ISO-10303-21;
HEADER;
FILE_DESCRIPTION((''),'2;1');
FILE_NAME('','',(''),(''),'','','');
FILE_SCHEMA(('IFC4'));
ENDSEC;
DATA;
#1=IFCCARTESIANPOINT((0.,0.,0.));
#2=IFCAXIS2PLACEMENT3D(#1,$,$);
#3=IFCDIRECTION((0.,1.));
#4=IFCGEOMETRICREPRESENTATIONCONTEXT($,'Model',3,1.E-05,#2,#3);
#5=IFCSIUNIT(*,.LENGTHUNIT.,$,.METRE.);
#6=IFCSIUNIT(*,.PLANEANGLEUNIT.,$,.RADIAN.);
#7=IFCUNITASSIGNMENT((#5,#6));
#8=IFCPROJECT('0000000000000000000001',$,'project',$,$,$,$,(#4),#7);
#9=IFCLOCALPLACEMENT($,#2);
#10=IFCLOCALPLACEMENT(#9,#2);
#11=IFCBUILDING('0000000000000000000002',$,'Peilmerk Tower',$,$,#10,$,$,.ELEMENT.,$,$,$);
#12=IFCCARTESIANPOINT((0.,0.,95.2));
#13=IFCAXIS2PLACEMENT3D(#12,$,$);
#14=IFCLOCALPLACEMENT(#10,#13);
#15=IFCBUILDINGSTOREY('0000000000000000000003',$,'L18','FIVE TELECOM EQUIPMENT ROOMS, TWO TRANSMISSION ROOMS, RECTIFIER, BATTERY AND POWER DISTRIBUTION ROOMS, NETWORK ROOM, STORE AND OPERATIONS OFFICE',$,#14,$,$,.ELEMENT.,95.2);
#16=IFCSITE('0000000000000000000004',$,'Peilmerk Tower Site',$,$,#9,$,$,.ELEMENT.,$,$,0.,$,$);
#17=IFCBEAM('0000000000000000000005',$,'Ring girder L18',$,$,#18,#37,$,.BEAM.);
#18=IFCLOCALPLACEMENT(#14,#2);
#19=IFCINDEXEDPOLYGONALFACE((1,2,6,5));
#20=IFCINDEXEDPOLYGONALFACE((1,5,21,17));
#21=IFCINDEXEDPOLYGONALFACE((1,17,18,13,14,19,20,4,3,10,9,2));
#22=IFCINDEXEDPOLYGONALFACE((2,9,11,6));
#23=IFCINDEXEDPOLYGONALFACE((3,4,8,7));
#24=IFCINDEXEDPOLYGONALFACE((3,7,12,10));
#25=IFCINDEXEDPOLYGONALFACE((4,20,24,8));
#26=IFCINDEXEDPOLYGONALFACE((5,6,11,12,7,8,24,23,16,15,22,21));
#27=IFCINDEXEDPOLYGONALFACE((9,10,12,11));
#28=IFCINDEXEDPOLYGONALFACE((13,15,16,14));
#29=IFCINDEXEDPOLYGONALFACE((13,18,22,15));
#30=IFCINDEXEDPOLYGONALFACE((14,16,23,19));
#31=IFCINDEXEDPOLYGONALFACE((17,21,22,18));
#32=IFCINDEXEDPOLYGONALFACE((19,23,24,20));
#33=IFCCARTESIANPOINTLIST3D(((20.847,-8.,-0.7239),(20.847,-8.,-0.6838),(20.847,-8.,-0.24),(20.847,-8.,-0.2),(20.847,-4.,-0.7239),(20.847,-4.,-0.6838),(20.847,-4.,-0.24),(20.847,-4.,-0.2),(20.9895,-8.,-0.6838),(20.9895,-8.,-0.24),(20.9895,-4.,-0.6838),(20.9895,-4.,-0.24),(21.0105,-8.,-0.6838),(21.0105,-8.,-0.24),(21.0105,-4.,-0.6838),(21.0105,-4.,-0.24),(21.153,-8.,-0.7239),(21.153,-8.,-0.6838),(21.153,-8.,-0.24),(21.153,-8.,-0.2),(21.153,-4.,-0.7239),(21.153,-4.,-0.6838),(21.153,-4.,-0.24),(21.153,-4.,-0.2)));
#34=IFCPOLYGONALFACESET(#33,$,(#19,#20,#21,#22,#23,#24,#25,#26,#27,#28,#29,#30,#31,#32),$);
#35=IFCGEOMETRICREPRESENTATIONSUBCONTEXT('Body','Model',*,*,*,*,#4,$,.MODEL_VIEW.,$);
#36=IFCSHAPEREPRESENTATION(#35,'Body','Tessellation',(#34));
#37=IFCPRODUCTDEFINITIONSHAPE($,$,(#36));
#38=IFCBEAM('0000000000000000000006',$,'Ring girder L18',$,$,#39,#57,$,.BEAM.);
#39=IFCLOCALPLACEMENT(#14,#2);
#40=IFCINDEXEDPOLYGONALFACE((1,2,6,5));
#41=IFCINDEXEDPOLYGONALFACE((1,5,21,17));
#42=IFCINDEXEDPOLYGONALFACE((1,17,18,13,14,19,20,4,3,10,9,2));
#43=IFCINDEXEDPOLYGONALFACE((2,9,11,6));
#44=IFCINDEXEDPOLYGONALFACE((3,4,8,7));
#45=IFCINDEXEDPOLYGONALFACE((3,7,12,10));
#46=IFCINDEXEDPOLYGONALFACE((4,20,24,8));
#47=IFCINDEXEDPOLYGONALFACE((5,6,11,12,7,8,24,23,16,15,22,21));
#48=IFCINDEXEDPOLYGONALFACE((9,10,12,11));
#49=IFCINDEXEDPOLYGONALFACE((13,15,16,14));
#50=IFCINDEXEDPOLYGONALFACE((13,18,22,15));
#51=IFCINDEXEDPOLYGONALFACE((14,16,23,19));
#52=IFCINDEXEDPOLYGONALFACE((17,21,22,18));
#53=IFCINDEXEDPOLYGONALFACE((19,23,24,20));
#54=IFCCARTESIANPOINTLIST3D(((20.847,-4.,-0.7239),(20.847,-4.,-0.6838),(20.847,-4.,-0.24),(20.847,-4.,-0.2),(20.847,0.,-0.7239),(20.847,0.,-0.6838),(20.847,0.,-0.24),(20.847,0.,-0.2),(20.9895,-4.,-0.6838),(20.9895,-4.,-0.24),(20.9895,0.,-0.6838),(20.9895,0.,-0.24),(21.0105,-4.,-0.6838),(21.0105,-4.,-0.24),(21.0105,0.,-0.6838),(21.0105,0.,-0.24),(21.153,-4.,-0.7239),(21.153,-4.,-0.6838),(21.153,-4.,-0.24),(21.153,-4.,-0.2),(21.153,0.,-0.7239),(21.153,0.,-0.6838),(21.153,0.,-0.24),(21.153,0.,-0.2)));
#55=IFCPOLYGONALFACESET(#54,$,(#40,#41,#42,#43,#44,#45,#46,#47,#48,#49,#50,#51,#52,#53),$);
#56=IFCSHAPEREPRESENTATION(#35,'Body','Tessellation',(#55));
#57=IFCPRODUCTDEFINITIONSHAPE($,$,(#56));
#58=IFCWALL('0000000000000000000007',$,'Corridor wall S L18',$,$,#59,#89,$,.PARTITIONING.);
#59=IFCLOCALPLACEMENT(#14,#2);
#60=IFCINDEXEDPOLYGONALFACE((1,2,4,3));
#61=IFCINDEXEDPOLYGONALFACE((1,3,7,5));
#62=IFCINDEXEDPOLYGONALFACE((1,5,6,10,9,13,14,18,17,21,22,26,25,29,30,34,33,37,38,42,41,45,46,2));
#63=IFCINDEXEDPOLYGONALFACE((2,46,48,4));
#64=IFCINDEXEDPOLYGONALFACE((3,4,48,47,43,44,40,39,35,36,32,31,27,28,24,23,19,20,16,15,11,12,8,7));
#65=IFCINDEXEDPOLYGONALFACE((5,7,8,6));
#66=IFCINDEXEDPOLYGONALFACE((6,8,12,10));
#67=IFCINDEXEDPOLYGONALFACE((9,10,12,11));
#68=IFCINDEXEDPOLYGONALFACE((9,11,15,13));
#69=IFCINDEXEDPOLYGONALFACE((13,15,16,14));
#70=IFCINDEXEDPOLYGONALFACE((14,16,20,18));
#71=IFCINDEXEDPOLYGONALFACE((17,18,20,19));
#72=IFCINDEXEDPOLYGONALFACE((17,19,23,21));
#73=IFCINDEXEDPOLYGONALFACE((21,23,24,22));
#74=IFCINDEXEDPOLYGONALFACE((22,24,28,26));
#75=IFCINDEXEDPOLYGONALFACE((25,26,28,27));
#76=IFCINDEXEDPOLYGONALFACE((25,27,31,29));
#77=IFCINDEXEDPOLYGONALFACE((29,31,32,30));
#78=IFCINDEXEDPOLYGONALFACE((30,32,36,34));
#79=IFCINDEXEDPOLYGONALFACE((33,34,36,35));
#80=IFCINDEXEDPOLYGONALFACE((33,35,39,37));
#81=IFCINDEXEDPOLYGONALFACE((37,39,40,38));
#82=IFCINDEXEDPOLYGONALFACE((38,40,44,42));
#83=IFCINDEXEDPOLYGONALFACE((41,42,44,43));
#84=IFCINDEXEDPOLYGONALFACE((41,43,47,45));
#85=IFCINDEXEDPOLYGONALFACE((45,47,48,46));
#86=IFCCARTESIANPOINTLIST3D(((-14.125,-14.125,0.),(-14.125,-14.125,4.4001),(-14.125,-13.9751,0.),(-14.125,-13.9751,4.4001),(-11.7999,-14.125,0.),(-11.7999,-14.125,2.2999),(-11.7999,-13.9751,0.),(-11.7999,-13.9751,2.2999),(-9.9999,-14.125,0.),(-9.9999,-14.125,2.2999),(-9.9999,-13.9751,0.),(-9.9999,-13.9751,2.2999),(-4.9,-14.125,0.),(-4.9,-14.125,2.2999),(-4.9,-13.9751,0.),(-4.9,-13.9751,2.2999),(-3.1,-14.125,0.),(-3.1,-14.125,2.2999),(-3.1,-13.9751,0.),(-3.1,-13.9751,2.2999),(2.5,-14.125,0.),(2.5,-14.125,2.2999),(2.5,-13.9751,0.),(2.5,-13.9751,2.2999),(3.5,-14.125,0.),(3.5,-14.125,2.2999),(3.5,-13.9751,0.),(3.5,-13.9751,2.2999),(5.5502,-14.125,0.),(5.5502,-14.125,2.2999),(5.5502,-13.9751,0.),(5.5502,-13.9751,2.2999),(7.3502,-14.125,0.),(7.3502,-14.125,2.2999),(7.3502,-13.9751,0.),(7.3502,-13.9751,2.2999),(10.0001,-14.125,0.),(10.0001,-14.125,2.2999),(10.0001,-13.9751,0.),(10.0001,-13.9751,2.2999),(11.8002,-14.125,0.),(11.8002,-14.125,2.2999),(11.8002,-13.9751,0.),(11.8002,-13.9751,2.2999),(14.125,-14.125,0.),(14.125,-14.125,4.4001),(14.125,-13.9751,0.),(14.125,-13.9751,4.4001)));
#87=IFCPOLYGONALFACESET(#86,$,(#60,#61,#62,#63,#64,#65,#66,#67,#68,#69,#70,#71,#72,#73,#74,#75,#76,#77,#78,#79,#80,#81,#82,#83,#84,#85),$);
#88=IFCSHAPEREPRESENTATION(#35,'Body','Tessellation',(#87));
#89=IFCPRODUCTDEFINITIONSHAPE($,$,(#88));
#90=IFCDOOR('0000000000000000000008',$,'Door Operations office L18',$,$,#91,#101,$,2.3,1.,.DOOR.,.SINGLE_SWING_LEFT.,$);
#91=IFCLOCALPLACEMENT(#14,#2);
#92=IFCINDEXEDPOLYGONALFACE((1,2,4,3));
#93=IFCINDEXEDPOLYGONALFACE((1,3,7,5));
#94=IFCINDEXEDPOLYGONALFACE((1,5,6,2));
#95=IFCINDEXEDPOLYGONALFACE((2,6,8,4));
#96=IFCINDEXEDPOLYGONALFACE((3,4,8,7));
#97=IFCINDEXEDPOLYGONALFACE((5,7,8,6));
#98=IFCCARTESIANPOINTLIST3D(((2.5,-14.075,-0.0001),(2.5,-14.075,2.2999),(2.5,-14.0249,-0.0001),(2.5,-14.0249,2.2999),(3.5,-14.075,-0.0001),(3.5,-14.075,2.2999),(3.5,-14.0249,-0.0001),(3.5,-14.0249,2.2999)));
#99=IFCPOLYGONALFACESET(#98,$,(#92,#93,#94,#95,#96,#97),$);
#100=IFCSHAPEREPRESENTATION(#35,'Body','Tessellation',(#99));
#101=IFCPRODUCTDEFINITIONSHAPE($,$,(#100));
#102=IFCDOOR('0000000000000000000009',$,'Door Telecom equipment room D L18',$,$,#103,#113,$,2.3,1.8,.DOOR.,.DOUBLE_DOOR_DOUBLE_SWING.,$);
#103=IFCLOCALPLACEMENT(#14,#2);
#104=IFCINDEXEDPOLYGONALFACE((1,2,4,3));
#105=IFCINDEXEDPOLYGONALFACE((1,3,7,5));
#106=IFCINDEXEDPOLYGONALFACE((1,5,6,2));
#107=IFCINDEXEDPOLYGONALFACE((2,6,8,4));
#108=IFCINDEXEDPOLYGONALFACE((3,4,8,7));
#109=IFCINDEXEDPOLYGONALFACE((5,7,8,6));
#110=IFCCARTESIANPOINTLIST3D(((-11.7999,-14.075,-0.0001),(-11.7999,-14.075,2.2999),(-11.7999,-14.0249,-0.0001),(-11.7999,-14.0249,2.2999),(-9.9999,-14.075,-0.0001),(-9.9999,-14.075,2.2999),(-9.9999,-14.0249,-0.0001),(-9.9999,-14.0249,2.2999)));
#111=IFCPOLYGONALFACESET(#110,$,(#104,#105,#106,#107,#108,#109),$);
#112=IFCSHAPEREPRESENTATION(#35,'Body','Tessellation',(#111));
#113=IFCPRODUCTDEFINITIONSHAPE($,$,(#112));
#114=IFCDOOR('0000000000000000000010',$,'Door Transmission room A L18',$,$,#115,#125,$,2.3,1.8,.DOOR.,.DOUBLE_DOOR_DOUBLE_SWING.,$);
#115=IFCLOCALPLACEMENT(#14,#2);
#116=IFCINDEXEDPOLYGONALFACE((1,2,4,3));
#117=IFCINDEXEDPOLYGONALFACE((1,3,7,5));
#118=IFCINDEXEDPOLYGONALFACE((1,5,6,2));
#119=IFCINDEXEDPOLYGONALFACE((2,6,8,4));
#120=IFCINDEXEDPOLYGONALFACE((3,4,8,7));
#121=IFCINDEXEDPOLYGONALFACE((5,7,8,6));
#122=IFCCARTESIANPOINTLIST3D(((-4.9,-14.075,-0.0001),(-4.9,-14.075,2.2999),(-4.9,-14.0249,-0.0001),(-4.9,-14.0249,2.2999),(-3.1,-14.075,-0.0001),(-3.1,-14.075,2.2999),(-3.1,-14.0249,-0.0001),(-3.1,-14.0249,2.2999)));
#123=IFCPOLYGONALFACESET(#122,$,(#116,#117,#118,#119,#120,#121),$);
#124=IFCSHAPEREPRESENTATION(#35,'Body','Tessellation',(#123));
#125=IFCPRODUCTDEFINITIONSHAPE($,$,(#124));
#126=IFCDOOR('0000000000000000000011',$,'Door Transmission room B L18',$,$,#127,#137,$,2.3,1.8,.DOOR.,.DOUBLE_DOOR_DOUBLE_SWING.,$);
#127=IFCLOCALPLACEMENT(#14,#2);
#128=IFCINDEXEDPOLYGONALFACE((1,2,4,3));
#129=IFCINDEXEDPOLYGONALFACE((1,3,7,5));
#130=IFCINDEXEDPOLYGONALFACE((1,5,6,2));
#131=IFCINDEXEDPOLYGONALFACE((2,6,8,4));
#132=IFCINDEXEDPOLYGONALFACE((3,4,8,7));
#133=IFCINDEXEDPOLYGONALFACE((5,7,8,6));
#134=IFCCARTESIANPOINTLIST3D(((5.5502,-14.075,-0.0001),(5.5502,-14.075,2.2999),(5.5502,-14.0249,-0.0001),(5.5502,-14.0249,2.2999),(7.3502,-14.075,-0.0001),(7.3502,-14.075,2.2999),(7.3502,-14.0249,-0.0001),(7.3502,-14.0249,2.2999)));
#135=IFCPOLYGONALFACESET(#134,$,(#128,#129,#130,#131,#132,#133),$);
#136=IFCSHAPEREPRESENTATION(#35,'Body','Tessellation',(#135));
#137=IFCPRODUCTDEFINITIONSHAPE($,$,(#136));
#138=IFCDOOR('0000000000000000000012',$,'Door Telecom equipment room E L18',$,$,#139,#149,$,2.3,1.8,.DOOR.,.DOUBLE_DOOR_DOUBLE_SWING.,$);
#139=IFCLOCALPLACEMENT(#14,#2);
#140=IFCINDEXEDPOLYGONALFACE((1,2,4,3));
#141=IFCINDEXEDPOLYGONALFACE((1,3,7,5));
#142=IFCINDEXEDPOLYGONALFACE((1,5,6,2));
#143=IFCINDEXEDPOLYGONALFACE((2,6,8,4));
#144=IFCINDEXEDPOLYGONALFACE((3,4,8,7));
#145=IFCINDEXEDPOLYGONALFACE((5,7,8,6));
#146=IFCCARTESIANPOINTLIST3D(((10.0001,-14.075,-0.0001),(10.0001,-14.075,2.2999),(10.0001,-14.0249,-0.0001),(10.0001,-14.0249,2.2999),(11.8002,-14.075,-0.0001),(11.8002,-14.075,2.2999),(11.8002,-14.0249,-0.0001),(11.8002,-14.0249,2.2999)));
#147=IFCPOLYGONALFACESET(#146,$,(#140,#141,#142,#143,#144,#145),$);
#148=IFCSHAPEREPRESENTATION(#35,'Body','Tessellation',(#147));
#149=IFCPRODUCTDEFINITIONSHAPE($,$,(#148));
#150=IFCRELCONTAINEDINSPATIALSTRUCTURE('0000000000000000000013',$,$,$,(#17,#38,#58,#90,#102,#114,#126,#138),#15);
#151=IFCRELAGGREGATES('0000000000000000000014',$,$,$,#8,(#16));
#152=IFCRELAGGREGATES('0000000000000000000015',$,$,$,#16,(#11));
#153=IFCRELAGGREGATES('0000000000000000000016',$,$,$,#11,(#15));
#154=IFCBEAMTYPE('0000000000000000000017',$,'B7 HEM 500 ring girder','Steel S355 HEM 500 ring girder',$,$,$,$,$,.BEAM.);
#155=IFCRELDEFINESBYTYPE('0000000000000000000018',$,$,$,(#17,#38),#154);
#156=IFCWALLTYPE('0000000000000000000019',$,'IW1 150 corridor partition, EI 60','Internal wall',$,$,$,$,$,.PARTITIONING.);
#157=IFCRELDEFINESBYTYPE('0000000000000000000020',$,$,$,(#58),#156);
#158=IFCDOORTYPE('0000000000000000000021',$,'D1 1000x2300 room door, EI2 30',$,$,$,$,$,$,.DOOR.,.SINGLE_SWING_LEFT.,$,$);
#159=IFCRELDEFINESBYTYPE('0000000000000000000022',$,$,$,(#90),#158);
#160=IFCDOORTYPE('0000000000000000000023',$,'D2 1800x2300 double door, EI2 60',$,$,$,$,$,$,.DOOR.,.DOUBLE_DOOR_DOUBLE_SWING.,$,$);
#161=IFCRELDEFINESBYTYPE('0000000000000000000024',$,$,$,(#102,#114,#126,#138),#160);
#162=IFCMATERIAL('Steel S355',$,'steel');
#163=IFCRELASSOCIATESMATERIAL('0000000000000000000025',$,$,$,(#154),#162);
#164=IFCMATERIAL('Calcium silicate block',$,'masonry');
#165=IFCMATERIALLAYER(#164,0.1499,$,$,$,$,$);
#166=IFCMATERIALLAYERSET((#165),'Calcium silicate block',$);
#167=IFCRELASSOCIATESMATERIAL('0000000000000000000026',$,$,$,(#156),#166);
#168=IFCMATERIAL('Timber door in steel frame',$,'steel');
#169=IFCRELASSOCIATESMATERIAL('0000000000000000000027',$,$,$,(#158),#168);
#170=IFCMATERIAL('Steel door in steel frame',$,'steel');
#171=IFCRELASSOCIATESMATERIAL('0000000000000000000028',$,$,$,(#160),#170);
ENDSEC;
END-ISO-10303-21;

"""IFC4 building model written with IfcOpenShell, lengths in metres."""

from ifc_helpers import new_model, si_unit, direction, frame, frame_2d, origin, origin_2d, place, context, subcontext, project, spatial, rectangle, i_section, extrude, material, layer, layer_set, material_profile, profile_set, type_object, element, fill, save


model = new_model("IFC4")

# Units and contexts
model_context = context("Model", 3, precision=1e-05, world=origin(), true_north=direction((0.0, 1.0)))
body_context = subcontext(model_context, "Body", "Model", "MODEL_VIEW")
ifc_project = project(units=[si_unit("LENGTHUNIT", "METRE"), si_unit("PLANEANGLEUNIT", "RADIAN")], contexts=[model_context])

# Site, building, storey
site_placement = place(None, origin())
site = spatial("IfcSite", under=ifc_project, at=site_placement, Name="Peilmerk Tower Site", CompositionType="ELEMENT", RefElevation=0.0)
building_placement = place(site_placement, origin())
building = spatial("IfcBuilding", under=site, at=building_placement, Name="Peilmerk Tower", CompositionType="ELEMENT")
storey_placement = place(building_placement, frame((0.0, 0.0, 95.2)))
storey = spatial("IfcBuildingStorey", under=building, at=storey_placement, Name="L18", Description="FIVE TELECOM EQUIPMENT ROOMS, TWO TRANSMISSION ROOMS, RECTIFIER, BATTERY AND POWER DISTRIBUTION ROOMS, NETWORK ROOM, STORE AND OPERATIONS OFFICE", CompositionType="ELEMENT", Elevation=95.2)

# Beams
ifc_material_1 = material(Name="Steel S355", Category="steel")
ifc_material_profile_1 = material_profile(ifc_material_1, i_section(OverallWidth=0.3059, OverallDepth=0.5239, WebThickness=0.021, FlangeThickness=0.04, at=origin_2d()), Name="HEM 500")
ifc_profile_set_1 = profile_set([ifc_material_profile_1], Name="Steel S355")
beam_type_1 = type_object("IfcBeamType", Name="B7 HEM 500 ring girder", Description="Steel S355 HEM 500 ring girder", PredefinedType="BEAM", material=ifc_profile_set_1)
for number, where, z_axis, x_axis, name in (
    (1, (21.0, -8.0, -0.4619), (0.0, 1.0, 0.0), (-1.0, 0.0, 0.0), "Ring girder L18"),
    (2, (21.0, -4.0, -0.4619), (0.0, 1.0, 0.0), (-1.0, 0.0, 0.0), "Ring girder L18"),
):
    element("IfcBeam", number, at=place(storey_placement, frame(where, z_axis=z_axis, x_axis=x_axis)), inside=storey, type_object=beam_type_1, Name=name, PredefinedType="BEAM", context=body_context, shape_type="SweptSolid", body=[
        extrude(i_section(OverallWidth=0.3059, OverallDepth=0.5239, WebThickness=0.021, FlangeThickness=0.04, at=origin_2d()), origin(), (0.0, 0.0, 1.0), 4.0),
    ])

# Wall, openings, doors
ifc_material_2 = material(Name="Calcium silicate block", Category="masonry")
ifc_layer_1 = layer(ifc_material_2, 0.1499)
ifc_layer_set_1 = layer_set([ifc_layer_1], Name="Calcium silicate block")
wall_type_1 = type_object("IfcWallType", Name="IW1 150 corridor partition, EI 60", Description="Internal wall", PredefinedType="PARTITIONING", material=ifc_layer_set_1)
wall_1_placement = place(storey_placement, frame((14.125, -14.05, 0.0), z_axis=(0.0, 0.0, 1.0), x_axis=(-1.0, 0.0, 0.0)))
wall_1 = element("IfcWall", 3, at=wall_1_placement, inside=storey, type_object=wall_type_1, Name="Corridor wall S L18", PredefinedType="PARTITIONING", context=body_context, shape_type="SweptSolid", body=[
    extrude(rectangle(XDim=28.25, YDim=0.1499, at=frame_2d((14.125, 0.0))), origin(), (0.0, 0.0, 1.0), 4.4001),
])
opening_1_placement = place(wall_1_placement, frame((24.125, 0.0, 0.0)))
opening_1 = element("IfcOpeningElement", 4, at=opening_1_placement, cuts=wall_1, PredefinedType="OPENING", context=body_context, shape_type="SweptSolid", body=[
    extrude(rectangle(XDim=1.8, YDim=2.3, at=frame_2d((0.8999, 1.1499))), frame((0.0, 0.085, 0.0), z_axis=(0.0, -1.0, 0.0), x_axis=(1.0, 0.0, 0.0)), (0.0, 0.0, 1.0), 0.1699),
])
opening_2_placement = place(wall_1_placement, frame((17.2251, 0.0, 0.0)))
opening_2 = element("IfcOpeningElement", 5, at=opening_2_placement, cuts=wall_1, PredefinedType="OPENING", context=body_context, shape_type="SweptSolid", body=[
    extrude(rectangle(XDim=1.8, YDim=2.3, at=frame_2d((0.8999, 1.1499))), frame((0.0, 0.085, 0.0), z_axis=(0.0, -1.0, 0.0), x_axis=(1.0, 0.0, 0.0)), (0.0, 0.0, 1.0), 0.1699),
])
opening_3_placement = place(wall_1_placement, frame((6.7749, 0.0, 0.0)))
opening_3 = element("IfcOpeningElement", 6, at=opening_3_placement, cuts=wall_1, PredefinedType="OPENING", context=body_context, shape_type="SweptSolid", body=[
    extrude(rectangle(XDim=1.8, YDim=2.3, at=frame_2d((0.8999, 1.1499))), frame((0.0, 0.085, 0.0), z_axis=(0.0, -1.0, 0.0), x_axis=(1.0, 0.0, 0.0)), (0.0, 0.0, 1.0), 0.1699),
])
opening_4_placement = place(wall_1_placement, frame((2.325, 0.0, 0.0)))
opening_4 = element("IfcOpeningElement", 7, at=opening_4_placement, cuts=wall_1, PredefinedType="OPENING", context=body_context, shape_type="SweptSolid", body=[
    extrude(rectangle(XDim=1.8, YDim=2.3, at=frame_2d((0.8999, 1.1499))), frame((0.0, 0.085, 0.0), z_axis=(0.0, -1.0, 0.0), x_axis=(1.0, 0.0, 0.0)), (0.0, 0.0, 1.0), 0.1699),
])
opening_5_placement = place(wall_1_placement, frame((10.625, 0.0, 0.0)))
opening_5 = element("IfcOpeningElement", 8, at=opening_5_placement, cuts=wall_1, PredefinedType="OPENING", context=body_context, shape_type="SweptSolid", body=[
    extrude(rectangle(XDim=1.0, YDim=2.3, at=frame_2d((0.5, 1.1499))), frame((0.0, 0.085, 0.0), z_axis=(0.0, -1.0, 0.0), x_axis=(1.0, 0.0, 0.0)), (0.0, 0.0, 1.0), 0.1699),
])
ifc_material_3 = material(Name="Timber door in steel frame", Category="steel")
door_type_1 = type_object("IfcDoorType", Name="D1 1000x2300 room door, EI2 30", OperationType="SINGLE_SWING_LEFT", PredefinedType="DOOR", material=ifc_material_3)
door_1_placement = place(opening_5_placement, origin())
door_1 = element("IfcDoor", 9, at=door_1_placement, inside=storey, type_object=door_type_1, Name="Door Operations office L18", OperationType="SINGLE_SWING_LEFT", OverallHeight=2.3, OverallWidth=1.0, PredefinedType="DOOR", context=body_context, shape_type="SweptSolid", body=[
    extrude(rectangle(XDim=1.0, YDim=2.3, at=frame_2d((0.5, 1.1499))), frame((0.0, 0.0249, 0.0), z_axis=(0.0, -1.0, 0.0), x_axis=(1.0, 0.0, 0.0)), (0.0, 0.0, 1.0), 0.05),
])
fill(opening_5, door_1)
ifc_material_4 = material(Name="Steel door in steel frame", Category="steel")
door_type_2 = type_object("IfcDoorType", Name="D2 1800x2300 double door, EI2 60", OperationType="DOUBLE_DOOR_DOUBLE_SWING", PredefinedType="DOOR", material=ifc_material_4)
door_2_placement = place(opening_1_placement, origin())
door_2 = element("IfcDoor", 10, at=door_2_placement, inside=storey, type_object=door_type_2, Name="Door Telecom equipment room D L18", OperationType="DOUBLE_DOOR_DOUBLE_SWING", OverallHeight=2.3, OverallWidth=1.8, PredefinedType="DOOR", context=body_context, shape_type="SweptSolid", body=[
    extrude(rectangle(XDim=1.8, YDim=2.3, at=frame_2d((0.8999, 1.1499))), frame((0.0, 0.0249, 0.0), z_axis=(0.0, -1.0, 0.0), x_axis=(1.0, 0.0, 0.0)), (0.0, 0.0, 1.0), 0.05),
])
fill(opening_1, door_2)
door_3_placement = place(opening_2_placement, origin())
door_3 = element("IfcDoor", 11, at=door_3_placement, inside=storey, type_object=door_type_2, Name="Door Transmission room A L18", OperationType="DOUBLE_DOOR_DOUBLE_SWING", OverallHeight=2.3, OverallWidth=1.8, PredefinedType="DOOR", context=body_context, shape_type="SweptSolid", body=[
    extrude(rectangle(XDim=1.8, YDim=2.3, at=frame_2d((0.8999, 1.1499))), frame((0.0, 0.0249, 0.0), z_axis=(0.0, -1.0, 0.0), x_axis=(1.0, 0.0, 0.0)), (0.0, 0.0, 1.0), 0.05),
])
fill(opening_2, door_3)
door_4_placement = place(opening_3_placement, origin())
door_4 = element("IfcDoor", 12, at=door_4_placement, inside=storey, type_object=door_type_2, Name="Door Transmission room B L18", OperationType="DOUBLE_DOOR_DOUBLE_SWING", OverallHeight=2.3, OverallWidth=1.8, PredefinedType="DOOR", context=body_context, shape_type="SweptSolid", body=[
    extrude(rectangle(XDim=1.8, YDim=2.3, at=frame_2d((0.8999, 1.1499))), frame((0.0, 0.0249, 0.0), z_axis=(0.0, -1.0, 0.0), x_axis=(1.0, 0.0, 0.0)), (0.0, 0.0, 1.0), 0.05),
])
fill(opening_3, door_4)
door_5_placement = place(opening_4_placement, origin())
door_5 = element("IfcDoor", 13, at=door_5_placement, inside=storey, type_object=door_type_2, Name="Door Telecom equipment room E L18", OperationType="DOUBLE_DOOR_DOUBLE_SWING", OverallHeight=2.3, OverallWidth=1.8, PredefinedType="DOOR", context=body_context, shape_type="SweptSolid", body=[
    extrude(rectangle(XDim=1.8, YDim=2.3, at=frame_2d((0.8999, 1.1499))), frame((0.0, 0.0249, 0.0), z_axis=(0.0, -1.0, 0.0), x_axis=(1.0, 0.0, 0.0)), (0.0, 0.0, 1.0), 0.05),
])
fill(opening_4, door_5)

save(model, "model.ifc")
